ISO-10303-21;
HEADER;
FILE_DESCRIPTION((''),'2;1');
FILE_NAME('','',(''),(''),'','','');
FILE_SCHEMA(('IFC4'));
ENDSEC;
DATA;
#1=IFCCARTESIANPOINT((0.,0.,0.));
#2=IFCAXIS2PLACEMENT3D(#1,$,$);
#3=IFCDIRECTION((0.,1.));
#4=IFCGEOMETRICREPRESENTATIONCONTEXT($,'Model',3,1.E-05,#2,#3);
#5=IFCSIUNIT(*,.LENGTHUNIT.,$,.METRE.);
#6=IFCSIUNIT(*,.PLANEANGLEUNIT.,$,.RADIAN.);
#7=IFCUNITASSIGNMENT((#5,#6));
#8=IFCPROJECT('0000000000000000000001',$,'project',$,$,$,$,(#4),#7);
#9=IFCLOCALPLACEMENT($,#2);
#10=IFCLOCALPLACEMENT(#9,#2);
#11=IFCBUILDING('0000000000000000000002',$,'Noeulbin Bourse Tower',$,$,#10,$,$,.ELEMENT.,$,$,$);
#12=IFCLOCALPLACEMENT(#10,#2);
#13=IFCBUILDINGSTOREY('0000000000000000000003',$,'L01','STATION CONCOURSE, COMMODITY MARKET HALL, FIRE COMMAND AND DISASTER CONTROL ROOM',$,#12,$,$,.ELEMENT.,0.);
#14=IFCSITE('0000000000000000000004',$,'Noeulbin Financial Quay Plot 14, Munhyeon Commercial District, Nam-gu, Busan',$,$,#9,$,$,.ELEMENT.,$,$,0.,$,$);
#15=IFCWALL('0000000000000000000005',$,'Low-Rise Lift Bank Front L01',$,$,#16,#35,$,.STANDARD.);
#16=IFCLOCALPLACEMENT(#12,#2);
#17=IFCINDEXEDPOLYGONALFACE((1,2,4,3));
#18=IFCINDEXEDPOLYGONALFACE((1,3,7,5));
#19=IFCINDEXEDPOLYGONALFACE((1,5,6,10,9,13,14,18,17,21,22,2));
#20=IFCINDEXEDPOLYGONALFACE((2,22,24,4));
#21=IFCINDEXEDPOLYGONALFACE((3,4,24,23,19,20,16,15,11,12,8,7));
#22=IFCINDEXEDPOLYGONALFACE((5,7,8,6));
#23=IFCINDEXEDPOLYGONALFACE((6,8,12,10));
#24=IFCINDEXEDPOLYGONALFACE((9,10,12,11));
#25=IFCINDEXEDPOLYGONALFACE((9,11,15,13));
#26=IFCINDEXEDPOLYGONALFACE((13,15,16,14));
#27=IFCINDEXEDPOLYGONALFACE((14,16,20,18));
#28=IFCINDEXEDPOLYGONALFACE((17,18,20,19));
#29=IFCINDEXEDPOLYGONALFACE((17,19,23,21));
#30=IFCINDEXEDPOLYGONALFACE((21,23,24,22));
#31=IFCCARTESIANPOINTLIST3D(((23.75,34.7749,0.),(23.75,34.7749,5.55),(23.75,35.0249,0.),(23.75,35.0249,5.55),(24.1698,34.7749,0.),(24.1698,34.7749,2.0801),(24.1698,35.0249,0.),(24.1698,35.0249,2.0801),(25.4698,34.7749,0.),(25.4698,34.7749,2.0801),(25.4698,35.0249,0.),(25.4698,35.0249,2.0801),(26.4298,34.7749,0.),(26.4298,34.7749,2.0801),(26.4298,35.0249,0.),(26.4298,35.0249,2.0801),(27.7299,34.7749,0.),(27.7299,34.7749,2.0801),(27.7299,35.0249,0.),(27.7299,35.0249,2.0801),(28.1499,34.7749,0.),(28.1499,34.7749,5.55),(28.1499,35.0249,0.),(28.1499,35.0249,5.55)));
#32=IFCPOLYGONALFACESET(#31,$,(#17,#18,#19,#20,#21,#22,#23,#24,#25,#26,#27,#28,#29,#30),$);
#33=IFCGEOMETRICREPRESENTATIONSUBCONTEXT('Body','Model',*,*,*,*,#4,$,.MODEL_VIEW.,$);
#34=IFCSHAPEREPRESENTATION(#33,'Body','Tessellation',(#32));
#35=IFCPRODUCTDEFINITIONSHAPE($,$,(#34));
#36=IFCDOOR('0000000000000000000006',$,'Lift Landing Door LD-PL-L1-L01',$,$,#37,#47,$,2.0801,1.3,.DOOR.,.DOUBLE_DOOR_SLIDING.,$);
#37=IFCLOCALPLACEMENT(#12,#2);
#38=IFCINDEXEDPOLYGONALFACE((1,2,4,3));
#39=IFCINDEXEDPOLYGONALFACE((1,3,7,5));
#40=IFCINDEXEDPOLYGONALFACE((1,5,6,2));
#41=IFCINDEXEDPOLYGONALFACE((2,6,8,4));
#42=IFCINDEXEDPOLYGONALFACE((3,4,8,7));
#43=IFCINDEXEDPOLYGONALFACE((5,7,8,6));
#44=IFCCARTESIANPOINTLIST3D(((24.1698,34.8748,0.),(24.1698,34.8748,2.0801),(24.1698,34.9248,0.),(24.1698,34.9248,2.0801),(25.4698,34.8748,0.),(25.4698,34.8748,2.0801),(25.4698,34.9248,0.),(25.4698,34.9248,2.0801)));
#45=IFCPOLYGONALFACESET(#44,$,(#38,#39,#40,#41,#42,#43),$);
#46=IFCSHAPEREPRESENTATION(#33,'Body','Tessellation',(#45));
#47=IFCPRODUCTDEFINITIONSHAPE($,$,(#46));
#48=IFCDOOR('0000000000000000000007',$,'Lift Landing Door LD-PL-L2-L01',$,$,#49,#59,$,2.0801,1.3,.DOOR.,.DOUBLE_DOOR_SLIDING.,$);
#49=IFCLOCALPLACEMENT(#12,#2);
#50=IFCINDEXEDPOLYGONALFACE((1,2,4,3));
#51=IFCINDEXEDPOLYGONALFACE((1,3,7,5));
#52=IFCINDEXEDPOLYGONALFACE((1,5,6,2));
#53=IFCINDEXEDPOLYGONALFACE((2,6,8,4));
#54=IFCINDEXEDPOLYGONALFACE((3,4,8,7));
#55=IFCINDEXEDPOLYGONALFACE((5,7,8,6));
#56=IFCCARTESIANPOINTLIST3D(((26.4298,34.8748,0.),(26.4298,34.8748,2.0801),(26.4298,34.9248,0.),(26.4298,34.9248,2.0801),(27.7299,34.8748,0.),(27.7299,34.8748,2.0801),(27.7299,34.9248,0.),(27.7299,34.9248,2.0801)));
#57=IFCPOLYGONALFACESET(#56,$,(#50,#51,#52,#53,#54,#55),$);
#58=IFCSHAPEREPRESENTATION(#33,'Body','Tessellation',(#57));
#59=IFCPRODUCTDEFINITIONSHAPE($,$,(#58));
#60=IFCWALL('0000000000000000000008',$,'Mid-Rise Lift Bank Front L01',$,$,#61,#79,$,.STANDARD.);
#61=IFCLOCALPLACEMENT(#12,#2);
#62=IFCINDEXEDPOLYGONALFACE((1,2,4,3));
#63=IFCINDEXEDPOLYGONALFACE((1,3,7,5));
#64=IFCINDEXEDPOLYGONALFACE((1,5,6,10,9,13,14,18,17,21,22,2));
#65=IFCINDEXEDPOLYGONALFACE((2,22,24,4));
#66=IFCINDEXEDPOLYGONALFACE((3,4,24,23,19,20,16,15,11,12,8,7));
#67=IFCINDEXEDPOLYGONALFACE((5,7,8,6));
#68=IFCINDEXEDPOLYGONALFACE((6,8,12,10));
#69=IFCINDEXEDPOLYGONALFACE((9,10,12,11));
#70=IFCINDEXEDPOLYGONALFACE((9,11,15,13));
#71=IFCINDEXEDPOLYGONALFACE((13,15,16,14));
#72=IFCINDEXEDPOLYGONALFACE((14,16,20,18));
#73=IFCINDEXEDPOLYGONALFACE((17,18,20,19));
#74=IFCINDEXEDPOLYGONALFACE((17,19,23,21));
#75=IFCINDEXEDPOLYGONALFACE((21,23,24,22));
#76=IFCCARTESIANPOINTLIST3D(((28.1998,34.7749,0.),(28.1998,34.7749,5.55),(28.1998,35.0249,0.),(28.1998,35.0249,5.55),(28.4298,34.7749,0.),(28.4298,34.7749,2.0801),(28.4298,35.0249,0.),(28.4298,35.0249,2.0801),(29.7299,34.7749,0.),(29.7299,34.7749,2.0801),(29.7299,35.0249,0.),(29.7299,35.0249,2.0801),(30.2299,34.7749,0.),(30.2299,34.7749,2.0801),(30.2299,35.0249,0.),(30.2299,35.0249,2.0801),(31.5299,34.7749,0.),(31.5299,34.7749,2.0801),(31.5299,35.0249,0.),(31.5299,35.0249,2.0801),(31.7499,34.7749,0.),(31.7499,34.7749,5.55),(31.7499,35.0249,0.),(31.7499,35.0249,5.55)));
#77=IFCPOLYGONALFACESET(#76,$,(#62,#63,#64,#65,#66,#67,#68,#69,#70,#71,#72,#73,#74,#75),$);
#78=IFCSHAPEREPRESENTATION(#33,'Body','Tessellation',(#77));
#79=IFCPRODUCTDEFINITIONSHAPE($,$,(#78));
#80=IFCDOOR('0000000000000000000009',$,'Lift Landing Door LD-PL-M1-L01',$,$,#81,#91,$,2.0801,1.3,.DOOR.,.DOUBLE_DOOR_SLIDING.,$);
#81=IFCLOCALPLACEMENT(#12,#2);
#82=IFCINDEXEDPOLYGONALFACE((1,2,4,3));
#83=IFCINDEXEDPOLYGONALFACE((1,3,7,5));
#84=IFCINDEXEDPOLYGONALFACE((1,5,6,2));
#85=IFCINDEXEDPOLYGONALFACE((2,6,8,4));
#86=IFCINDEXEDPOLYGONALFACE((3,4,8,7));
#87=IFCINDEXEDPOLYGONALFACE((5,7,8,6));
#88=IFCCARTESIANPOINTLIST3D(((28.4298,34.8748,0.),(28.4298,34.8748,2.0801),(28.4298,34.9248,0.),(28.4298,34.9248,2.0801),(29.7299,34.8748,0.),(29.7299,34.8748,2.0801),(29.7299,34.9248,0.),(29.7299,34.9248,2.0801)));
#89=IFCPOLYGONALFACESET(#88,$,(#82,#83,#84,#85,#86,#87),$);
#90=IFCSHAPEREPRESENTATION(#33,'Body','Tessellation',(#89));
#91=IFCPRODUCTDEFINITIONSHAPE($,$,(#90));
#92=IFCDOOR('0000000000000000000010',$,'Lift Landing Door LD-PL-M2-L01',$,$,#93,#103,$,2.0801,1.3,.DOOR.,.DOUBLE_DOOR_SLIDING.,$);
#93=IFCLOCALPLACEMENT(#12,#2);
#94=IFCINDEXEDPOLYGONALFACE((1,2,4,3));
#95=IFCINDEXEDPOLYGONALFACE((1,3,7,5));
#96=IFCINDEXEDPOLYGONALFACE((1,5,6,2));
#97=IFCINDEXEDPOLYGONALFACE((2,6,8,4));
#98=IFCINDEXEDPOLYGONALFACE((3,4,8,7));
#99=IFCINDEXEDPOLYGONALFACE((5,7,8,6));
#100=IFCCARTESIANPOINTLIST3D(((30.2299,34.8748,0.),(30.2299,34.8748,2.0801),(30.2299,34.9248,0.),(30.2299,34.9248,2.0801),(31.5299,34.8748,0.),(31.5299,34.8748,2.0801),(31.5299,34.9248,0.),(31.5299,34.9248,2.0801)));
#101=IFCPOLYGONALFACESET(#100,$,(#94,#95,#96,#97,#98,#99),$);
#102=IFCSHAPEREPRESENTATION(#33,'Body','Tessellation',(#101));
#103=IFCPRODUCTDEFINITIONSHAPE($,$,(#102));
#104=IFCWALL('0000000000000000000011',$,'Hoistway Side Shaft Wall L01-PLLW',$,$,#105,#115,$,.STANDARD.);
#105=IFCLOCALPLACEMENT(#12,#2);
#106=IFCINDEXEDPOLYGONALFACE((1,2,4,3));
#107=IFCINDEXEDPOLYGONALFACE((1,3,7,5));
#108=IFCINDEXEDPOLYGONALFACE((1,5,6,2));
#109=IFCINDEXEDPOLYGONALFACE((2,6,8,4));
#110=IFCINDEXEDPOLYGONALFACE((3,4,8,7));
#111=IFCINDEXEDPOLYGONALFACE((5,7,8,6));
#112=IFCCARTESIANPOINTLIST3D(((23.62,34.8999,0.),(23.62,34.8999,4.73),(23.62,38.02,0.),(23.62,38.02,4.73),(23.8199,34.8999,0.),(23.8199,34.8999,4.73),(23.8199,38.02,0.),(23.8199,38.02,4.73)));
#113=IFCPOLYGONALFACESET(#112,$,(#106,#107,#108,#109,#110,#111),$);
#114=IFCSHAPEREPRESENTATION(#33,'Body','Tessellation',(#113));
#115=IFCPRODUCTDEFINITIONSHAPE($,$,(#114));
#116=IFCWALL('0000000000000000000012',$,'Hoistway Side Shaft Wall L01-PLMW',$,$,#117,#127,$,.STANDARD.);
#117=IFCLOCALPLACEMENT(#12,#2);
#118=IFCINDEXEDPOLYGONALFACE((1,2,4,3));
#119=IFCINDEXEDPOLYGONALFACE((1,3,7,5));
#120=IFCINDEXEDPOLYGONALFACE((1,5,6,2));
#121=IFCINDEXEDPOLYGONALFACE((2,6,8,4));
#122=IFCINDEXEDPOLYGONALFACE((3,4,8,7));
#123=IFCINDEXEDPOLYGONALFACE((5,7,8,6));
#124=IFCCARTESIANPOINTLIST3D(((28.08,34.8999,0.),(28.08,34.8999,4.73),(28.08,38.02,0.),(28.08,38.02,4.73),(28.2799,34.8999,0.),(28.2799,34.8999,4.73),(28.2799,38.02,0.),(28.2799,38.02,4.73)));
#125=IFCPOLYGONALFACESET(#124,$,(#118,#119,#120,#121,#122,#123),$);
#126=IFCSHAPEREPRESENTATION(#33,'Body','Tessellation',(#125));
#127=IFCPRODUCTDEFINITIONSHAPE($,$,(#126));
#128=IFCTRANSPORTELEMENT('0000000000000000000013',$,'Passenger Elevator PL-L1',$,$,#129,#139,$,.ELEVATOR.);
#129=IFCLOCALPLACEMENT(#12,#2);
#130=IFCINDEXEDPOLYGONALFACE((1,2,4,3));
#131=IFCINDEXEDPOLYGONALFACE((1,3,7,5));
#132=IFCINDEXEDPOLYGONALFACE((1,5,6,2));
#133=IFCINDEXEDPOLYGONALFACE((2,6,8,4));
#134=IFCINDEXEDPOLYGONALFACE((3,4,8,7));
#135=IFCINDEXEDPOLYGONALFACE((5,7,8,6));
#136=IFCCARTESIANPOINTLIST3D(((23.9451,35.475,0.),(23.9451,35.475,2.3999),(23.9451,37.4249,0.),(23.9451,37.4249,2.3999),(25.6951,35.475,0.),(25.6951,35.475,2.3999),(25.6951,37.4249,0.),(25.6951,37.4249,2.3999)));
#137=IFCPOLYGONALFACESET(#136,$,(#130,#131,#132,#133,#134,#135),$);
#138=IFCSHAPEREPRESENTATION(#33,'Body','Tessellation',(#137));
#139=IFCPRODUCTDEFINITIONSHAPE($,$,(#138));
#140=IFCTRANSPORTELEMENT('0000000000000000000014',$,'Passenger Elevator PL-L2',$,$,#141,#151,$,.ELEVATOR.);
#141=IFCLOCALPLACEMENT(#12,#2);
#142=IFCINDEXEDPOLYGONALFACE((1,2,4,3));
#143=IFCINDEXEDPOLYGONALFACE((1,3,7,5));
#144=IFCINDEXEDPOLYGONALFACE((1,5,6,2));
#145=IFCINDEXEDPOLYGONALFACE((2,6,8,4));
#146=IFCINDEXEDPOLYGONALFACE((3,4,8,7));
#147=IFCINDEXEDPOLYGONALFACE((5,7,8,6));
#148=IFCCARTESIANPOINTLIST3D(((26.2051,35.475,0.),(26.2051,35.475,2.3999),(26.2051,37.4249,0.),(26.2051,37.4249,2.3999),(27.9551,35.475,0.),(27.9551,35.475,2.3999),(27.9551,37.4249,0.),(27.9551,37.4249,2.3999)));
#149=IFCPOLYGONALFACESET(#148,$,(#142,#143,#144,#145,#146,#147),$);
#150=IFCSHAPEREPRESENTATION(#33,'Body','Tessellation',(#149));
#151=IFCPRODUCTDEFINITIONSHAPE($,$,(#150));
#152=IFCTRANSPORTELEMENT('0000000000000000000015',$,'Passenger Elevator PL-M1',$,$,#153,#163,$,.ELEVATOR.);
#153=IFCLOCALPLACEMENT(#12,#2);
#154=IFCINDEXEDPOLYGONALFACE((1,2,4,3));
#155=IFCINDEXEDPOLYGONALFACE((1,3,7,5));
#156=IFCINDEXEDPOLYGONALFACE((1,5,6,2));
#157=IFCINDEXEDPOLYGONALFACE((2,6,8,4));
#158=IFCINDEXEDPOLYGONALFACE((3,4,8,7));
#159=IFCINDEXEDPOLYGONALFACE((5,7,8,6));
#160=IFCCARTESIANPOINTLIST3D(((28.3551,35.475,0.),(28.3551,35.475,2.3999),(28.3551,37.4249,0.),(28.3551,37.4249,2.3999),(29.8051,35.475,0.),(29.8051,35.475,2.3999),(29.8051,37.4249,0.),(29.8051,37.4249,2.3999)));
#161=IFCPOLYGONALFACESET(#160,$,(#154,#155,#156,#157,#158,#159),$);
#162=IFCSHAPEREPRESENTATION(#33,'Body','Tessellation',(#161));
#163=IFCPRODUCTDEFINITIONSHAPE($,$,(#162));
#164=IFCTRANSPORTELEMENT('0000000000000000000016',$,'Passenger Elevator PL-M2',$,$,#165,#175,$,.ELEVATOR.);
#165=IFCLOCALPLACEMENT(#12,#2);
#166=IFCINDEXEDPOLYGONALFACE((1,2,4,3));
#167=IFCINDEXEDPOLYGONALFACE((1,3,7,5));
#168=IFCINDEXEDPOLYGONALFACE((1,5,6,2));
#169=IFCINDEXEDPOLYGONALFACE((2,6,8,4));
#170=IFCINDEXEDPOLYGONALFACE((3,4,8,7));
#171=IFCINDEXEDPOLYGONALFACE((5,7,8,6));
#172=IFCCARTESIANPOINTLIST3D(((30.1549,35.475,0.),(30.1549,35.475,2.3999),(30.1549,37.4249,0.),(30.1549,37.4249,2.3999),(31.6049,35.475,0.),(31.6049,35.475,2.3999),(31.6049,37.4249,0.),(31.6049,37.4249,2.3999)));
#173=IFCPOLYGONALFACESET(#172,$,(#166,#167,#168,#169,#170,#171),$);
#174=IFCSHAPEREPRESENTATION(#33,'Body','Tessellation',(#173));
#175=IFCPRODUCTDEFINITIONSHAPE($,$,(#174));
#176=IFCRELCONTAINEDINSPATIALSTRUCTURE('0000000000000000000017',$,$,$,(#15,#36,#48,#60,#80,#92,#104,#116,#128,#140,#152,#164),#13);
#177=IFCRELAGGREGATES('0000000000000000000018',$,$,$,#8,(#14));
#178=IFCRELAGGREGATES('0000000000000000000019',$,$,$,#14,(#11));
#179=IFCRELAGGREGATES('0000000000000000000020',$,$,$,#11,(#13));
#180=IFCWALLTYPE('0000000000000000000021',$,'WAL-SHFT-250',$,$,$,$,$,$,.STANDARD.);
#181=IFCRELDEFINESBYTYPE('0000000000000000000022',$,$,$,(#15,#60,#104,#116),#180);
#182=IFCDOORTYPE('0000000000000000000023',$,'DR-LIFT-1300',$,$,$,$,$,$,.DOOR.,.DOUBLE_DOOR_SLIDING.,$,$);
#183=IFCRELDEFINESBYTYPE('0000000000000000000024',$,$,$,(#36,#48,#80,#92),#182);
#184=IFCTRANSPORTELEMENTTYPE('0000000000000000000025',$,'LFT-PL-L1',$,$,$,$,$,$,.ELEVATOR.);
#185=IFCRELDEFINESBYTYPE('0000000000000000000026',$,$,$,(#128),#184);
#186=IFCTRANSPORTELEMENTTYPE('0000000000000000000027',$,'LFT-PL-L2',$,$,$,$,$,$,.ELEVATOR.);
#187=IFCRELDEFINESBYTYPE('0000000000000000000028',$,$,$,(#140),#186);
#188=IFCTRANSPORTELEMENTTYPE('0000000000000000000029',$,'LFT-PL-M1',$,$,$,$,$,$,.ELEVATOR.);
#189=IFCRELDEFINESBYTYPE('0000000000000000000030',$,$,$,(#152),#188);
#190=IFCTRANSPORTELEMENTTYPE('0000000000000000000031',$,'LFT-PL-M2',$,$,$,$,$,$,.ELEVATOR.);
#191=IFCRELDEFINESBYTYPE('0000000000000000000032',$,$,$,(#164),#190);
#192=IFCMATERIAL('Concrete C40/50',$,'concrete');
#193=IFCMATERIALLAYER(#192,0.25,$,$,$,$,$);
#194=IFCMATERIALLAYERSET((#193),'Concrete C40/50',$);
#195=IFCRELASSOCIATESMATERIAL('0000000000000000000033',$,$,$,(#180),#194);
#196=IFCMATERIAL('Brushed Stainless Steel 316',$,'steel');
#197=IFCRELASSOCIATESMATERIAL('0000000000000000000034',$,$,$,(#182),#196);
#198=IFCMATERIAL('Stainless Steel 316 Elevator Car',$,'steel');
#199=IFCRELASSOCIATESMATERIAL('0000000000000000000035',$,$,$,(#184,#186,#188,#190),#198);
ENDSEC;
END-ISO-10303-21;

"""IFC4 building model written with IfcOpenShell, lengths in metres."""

from ifc_helpers import new_model, si_unit, direction, frame, frame_2d, origin, origin_2d, place, context, subcontext, project, spatial, rectangle, extrude, material, layer, layer_set, type_object, element, fill, save


model = new_model("IFC4")

# Units and contexts
model_context = context("Model", 3, precision=1e-05, world=origin(), true_north=direction((0.0, 1.0)))
body_context = subcontext(model_context, "Body", "Model", "MODEL_VIEW")
ifc_project = project(units=[si_unit("LENGTHUNIT", "METRE"), si_unit("PLANEANGLEUNIT", "RADIAN")], contexts=[model_context])

# Site, building, storey
site_placement = place(None, origin())
site = spatial("IfcSite", under=ifc_project, at=site_placement, Name="Noeulbin Financial Quay Plot 14, Munhyeon Commercial District, Nam-gu, Busan", CompositionType="ELEMENT", RefElevation=0.0)
building_placement = place(site_placement, origin())
building = spatial("IfcBuilding", under=site, at=building_placement, Name="Noeulbin Bourse Tower", CompositionType="ELEMENT")
storey_placement = place(building_placement, origin())
storey = spatial("IfcBuildingStorey", under=building, at=storey_placement, Name="L01", Description="STATION CONCOURSE, COMMODITY MARKET HALL, FIRE COMMAND AND DISASTER CONTROL ROOM", CompositionType="ELEMENT", Elevation=0.0)

# Shared definitions
ifc_material_1 = material(Name="Concrete C40/50", Category="concrete")

# Shared definitions
ifc_layer_1 = layer(ifc_material_1, 0.25)
ifc_layer_set_1 = layer_set([ifc_layer_1], Name="Concrete C40/50")
wall_type_1 = type_object("IfcWallType", Name="WAL-SHFT-250", PredefinedType="STANDARD", material=ifc_layer_set_1)

# Walls, openings, doors
wall_1_placement = place(storey_placement, frame((23.75, 34.8999, 0.0), z_axis=(0.0, 0.0, 1.0), x_axis=(1.0, 0.0, 0.0)))
wall_1 = element("IfcWall", 1, at=wall_1_placement, inside=storey, type_object=wall_type_1, Name="Low-Rise Lift Bank Front L01", PredefinedType="STANDARD", context=body_context, shape_type="SweptSolid", body=[
    extrude(rectangle(XDim=4.3999, YDim=0.25, at=frame_2d((2.2, 0.0))), origin(), (0.0, 0.0, 1.0), 5.55),
])
opening_1_placement = place(wall_1_placement, frame((0.4199, 0.0, 0.0)))
opening_1 = element("IfcOpeningElement", 2, at=opening_1_placement, cuts=wall_1, PredefinedType="OPENING", context=body_context, shape_type="SweptSolid", body=[
    extrude(rectangle(XDim=1.3, YDim=2.0801, at=frame_2d((0.6499, 1.04))), frame((0.0, 0.135, 0.0), z_axis=(0.0, -1.0, 0.0), x_axis=(1.0, 0.0, 0.0)), (0.0, 0.0, 1.0), 0.27),
])
opening_2_placement = place(wall_1_placement, frame((2.6799, 0.0, 0.0)))
opening_2 = element("IfcOpeningElement", 3, at=opening_2_placement, cuts=wall_1, PredefinedType="OPENING", context=body_context, shape_type="SweptSolid", body=[
    extrude(rectangle(XDim=1.3, YDim=2.0801, at=frame_2d((0.6499, 1.04))), frame((0.0, 0.135, 0.0), z_axis=(0.0, -1.0, 0.0), x_axis=(1.0, 0.0, 0.0)), (0.0, 0.0, 1.0), 0.27),
])
ifc_material_2 = material(Name="Brushed Stainless Steel 316", Category="steel")
door_type_1 = type_object("IfcDoorType", Name="DR-LIFT-1300", OperationType="DOUBLE_DOOR_SLIDING", PredefinedType="DOOR", material=ifc_material_2)
door_1_placement = place(opening_1_placement, origin())
door_1 = element("IfcDoor", 4, at=door_1_placement, inside=storey, type_object=door_type_1, Name="Lift Landing Door LD-PL-L1-L01", OperationType="DOUBLE_DOOR_SLIDING", OverallHeight=2.0801, OverallWidth=1.3, PredefinedType="DOOR", context=body_context, shape_type="SweptSolid", body=[
    extrude(rectangle(XDim=1.3, YDim=2.0801, at=frame_2d((0.6499, 1.04))), frame((0.0, 0.0249, 0.0), z_axis=(0.0, -1.0, 0.0), x_axis=(1.0, 0.0, 0.0)), (0.0, 0.0, 1.0), 0.05),
])
fill(opening_1, door_1)
door_2_placement = place(opening_2_placement, origin())
door_2 = element("IfcDoor", 5, at=door_2_placement, inside=storey, type_object=door_type_1, Name="Lift Landing Door LD-PL-L2-L01", OperationType="DOUBLE_DOOR_SLIDING", OverallHeight=2.0801, OverallWidth=1.3, PredefinedType="DOOR", context=body_context, shape_type="SweptSolid", body=[
    extrude(rectangle(XDim=1.3, YDim=2.0801, at=frame_2d((0.6499, 1.04))), frame((0.0, 0.0249, 0.0), z_axis=(0.0, -1.0, 0.0), x_axis=(1.0, 0.0, 0.0)), (0.0, 0.0, 1.0), 0.05),
])
fill(opening_2, door_2)
wall_2_placement = place(storey_placement, frame((28.2, 34.8999, 0.0), z_axis=(0.0, 0.0, 1.0), x_axis=(1.0, 0.0, 0.0)))
wall_2 = element("IfcWall", 6, at=wall_2_placement, inside=storey, type_object=wall_type_1, Name="Mid-Rise Lift Bank Front L01", PredefinedType="STANDARD", context=body_context, shape_type="SweptSolid", body=[
    extrude(rectangle(XDim=3.55, YDim=0.25, at=frame_2d((1.7749, 0.0))), origin(), (0.0, 0.0, 1.0), 5.55),
])
opening_3_placement = place(wall_2_placement, frame((0.23, 0.0, 0.0)))
opening_3 = element("IfcOpeningElement", 7, at=opening_3_placement, cuts=wall_2, PredefinedType="OPENING", context=body_context, shape_type="SweptSolid", body=[
    extrude(rectangle(XDim=1.3, YDim=2.0801, at=frame_2d((0.6499, 1.04))), frame((0.0, 0.135, 0.0), z_axis=(0.0, -1.0, 0.0), x_axis=(1.0, 0.0, 0.0)), (0.0, 0.0, 1.0), 0.27),
])
opening_4_placement = place(wall_2_placement, frame((2.03, 0.0, 0.0)))
opening_4 = element("IfcOpeningElement", 8, at=opening_4_placement, cuts=wall_2, PredefinedType="OPENING", context=body_context, shape_type="SweptSolid", body=[
    extrude(rectangle(XDim=1.3, YDim=2.0801, at=frame_2d((0.6499, 1.04))), frame((0.0, 0.135, 0.0), z_axis=(0.0, -1.0, 0.0), x_axis=(1.0, 0.0, 0.0)), (0.0, 0.0, 1.0), 0.27),
])
door_3_placement = place(opening_3_placement, origin())
door_3 = element("IfcDoor", 9, at=door_3_placement, inside=storey, type_object=door_type_1, Name="Lift Landing Door LD-PL-M1-L01", OperationType="DOUBLE_DOOR_SLIDING", OverallHeight=2.0801, OverallWidth=1.3, PredefinedType="DOOR", context=body_context, shape_type="SweptSolid", body=[
    extrude(rectangle(XDim=1.3, YDim=2.0801, at=frame_2d((0.6499, 1.04))), frame((0.0, 0.0249, 0.0), z_axis=(0.0, -1.0, 0.0), x_axis=(1.0, 0.0, 0.0)), (0.0, 0.0, 1.0), 0.05),
])
fill(opening_3, door_3)
door_4_placement = place(opening_4_placement, origin())
door_4 = element("IfcDoor", 10, at=door_4_placement, inside=storey, type_object=door_type_1, Name="Lift Landing Door LD-PL-M2-L01", OperationType="DOUBLE_DOOR_SLIDING", OverallHeight=2.0801, OverallWidth=1.3, PredefinedType="DOOR", context=body_context, shape_type="SweptSolid", body=[
    extrude(rectangle(XDim=1.3, YDim=2.0801, at=frame_2d((0.6499, 1.04))), frame((0.0, 0.0249, 0.0), z_axis=(0.0, -1.0, 0.0), x_axis=(1.0, 0.0, 0.0)), (0.0, 0.0, 1.0), 0.05),
])
fill(opening_4, door_4)

# Walls
for number, where, z_axis, x_axis, name in (
    (11, (23.72, 34.8999, 0.0), (0.0, 0.0, 1.0), (0.0, 1.0, 0.0), "Hoistway Side Shaft Wall L01-PLLW"),
    (12, (28.1799, 34.8999, 0.0), (0.0, 0.0, 1.0), (0.0, 1.0, 0.0), "Hoistway Side Shaft Wall L01-PLMW"),
):
    element("IfcWall", number, at=place(storey_placement, frame(where, z_axis=z_axis, x_axis=x_axis)), inside=storey, type_object=wall_type_1, Name=name, PredefinedType="STANDARD", context=body_context, shape_type="SweptSolid", body=[
        extrude(rectangle(XDim=3.1201, YDim=0.2, at=frame_2d((1.5601, 0.0))), origin(), (0.0, 0.0, 1.0), 4.73),
    ])

# Transport elements
ifc_material_3 = material(Name="Stainless Steel 316 Elevator Car", Category="steel")
transport_element_type_1 = type_object("IfcTransportElementType", Name="LFT-PL-L1", PredefinedType="ELEVATOR", material=ifc_material_3)
transport_element_1_placement = place(storey_placement, frame((24.8201, 36.45, 0.0), z_axis=(0.0, 0.0, 1.0), x_axis=(1.0, 0.0, 0.0)))
element("IfcTransportElement", 13, at=transport_element_1_placement, inside=storey, type_object=transport_element_type_1, Name="Passenger Elevator PL-L1", PredefinedType="ELEVATOR", context=body_context, shape_type="SweptSolid", body=[
    extrude(rectangle(XDim=1.75, YDim=1.95, at=origin_2d()), origin(), (0.0, 0.0, 1.0), 2.3999),
])
transport_element_type_2 = type_object("IfcTransportElementType", Name="LFT-PL-L2", PredefinedType="ELEVATOR", material=ifc_material_3)
transport_element_2_placement = place(storey_placement, frame((27.0801, 36.45, 0.0), z_axis=(0.0, 0.0, 1.0), x_axis=(1.0, 0.0, 0.0)))
element("IfcTransportElement", 14, at=transport_element_2_placement, inside=storey, type_object=transport_element_type_2, Name="Passenger Elevator PL-L2", PredefinedType="ELEVATOR", context=body_context, shape_type="SweptSolid", body=[
    extrude(rectangle(XDim=1.75, YDim=1.95, at=origin_2d()), origin(), (0.0, 0.0, 1.0), 2.3999),
])
transport_element_type_3 = type_object("IfcTransportElementType", Name="LFT-PL-M1", PredefinedType="ELEVATOR", material=ifc_material_3)
transport_element_3_placement = place(storey_placement, frame((29.0801, 36.45, 0.0), z_axis=(0.0, 0.0, 1.0), x_axis=(1.0, 0.0, 0.0)))
element("IfcTransportElement", 15, at=transport_element_3_placement, inside=storey, type_object=transport_element_type_3, Name="Passenger Elevator PL-M1", PredefinedType="ELEVATOR", context=body_context, shape_type="SweptSolid", body=[
    extrude(rectangle(XDim=1.45, YDim=1.95, at=origin_2d()), origin(), (0.0, 0.0, 1.0), 2.3999),
])
transport_element_type_4 = type_object("IfcTransportElementType", Name="LFT-PL-M2", PredefinedType="ELEVATOR", material=ifc_material_3)
transport_element_4_placement = place(storey_placement, frame((30.8799, 36.45, 0.0), z_axis=(0.0, 0.0, 1.0), x_axis=(1.0, 0.0, 0.0)))
element("IfcTransportElement", 16, at=transport_element_4_placement, inside=storey, type_object=transport_element_type_4, Name="Passenger Elevator PL-M2", PredefinedType="ELEVATOR", context=body_context, shape_type="SweptSolid", body=[
    extrude(rectangle(XDim=1.45, YDim=1.95, at=origin_2d()), origin(), (0.0, 0.0, 1.0), 2.3999),
])

save(model, "model.ifc")
